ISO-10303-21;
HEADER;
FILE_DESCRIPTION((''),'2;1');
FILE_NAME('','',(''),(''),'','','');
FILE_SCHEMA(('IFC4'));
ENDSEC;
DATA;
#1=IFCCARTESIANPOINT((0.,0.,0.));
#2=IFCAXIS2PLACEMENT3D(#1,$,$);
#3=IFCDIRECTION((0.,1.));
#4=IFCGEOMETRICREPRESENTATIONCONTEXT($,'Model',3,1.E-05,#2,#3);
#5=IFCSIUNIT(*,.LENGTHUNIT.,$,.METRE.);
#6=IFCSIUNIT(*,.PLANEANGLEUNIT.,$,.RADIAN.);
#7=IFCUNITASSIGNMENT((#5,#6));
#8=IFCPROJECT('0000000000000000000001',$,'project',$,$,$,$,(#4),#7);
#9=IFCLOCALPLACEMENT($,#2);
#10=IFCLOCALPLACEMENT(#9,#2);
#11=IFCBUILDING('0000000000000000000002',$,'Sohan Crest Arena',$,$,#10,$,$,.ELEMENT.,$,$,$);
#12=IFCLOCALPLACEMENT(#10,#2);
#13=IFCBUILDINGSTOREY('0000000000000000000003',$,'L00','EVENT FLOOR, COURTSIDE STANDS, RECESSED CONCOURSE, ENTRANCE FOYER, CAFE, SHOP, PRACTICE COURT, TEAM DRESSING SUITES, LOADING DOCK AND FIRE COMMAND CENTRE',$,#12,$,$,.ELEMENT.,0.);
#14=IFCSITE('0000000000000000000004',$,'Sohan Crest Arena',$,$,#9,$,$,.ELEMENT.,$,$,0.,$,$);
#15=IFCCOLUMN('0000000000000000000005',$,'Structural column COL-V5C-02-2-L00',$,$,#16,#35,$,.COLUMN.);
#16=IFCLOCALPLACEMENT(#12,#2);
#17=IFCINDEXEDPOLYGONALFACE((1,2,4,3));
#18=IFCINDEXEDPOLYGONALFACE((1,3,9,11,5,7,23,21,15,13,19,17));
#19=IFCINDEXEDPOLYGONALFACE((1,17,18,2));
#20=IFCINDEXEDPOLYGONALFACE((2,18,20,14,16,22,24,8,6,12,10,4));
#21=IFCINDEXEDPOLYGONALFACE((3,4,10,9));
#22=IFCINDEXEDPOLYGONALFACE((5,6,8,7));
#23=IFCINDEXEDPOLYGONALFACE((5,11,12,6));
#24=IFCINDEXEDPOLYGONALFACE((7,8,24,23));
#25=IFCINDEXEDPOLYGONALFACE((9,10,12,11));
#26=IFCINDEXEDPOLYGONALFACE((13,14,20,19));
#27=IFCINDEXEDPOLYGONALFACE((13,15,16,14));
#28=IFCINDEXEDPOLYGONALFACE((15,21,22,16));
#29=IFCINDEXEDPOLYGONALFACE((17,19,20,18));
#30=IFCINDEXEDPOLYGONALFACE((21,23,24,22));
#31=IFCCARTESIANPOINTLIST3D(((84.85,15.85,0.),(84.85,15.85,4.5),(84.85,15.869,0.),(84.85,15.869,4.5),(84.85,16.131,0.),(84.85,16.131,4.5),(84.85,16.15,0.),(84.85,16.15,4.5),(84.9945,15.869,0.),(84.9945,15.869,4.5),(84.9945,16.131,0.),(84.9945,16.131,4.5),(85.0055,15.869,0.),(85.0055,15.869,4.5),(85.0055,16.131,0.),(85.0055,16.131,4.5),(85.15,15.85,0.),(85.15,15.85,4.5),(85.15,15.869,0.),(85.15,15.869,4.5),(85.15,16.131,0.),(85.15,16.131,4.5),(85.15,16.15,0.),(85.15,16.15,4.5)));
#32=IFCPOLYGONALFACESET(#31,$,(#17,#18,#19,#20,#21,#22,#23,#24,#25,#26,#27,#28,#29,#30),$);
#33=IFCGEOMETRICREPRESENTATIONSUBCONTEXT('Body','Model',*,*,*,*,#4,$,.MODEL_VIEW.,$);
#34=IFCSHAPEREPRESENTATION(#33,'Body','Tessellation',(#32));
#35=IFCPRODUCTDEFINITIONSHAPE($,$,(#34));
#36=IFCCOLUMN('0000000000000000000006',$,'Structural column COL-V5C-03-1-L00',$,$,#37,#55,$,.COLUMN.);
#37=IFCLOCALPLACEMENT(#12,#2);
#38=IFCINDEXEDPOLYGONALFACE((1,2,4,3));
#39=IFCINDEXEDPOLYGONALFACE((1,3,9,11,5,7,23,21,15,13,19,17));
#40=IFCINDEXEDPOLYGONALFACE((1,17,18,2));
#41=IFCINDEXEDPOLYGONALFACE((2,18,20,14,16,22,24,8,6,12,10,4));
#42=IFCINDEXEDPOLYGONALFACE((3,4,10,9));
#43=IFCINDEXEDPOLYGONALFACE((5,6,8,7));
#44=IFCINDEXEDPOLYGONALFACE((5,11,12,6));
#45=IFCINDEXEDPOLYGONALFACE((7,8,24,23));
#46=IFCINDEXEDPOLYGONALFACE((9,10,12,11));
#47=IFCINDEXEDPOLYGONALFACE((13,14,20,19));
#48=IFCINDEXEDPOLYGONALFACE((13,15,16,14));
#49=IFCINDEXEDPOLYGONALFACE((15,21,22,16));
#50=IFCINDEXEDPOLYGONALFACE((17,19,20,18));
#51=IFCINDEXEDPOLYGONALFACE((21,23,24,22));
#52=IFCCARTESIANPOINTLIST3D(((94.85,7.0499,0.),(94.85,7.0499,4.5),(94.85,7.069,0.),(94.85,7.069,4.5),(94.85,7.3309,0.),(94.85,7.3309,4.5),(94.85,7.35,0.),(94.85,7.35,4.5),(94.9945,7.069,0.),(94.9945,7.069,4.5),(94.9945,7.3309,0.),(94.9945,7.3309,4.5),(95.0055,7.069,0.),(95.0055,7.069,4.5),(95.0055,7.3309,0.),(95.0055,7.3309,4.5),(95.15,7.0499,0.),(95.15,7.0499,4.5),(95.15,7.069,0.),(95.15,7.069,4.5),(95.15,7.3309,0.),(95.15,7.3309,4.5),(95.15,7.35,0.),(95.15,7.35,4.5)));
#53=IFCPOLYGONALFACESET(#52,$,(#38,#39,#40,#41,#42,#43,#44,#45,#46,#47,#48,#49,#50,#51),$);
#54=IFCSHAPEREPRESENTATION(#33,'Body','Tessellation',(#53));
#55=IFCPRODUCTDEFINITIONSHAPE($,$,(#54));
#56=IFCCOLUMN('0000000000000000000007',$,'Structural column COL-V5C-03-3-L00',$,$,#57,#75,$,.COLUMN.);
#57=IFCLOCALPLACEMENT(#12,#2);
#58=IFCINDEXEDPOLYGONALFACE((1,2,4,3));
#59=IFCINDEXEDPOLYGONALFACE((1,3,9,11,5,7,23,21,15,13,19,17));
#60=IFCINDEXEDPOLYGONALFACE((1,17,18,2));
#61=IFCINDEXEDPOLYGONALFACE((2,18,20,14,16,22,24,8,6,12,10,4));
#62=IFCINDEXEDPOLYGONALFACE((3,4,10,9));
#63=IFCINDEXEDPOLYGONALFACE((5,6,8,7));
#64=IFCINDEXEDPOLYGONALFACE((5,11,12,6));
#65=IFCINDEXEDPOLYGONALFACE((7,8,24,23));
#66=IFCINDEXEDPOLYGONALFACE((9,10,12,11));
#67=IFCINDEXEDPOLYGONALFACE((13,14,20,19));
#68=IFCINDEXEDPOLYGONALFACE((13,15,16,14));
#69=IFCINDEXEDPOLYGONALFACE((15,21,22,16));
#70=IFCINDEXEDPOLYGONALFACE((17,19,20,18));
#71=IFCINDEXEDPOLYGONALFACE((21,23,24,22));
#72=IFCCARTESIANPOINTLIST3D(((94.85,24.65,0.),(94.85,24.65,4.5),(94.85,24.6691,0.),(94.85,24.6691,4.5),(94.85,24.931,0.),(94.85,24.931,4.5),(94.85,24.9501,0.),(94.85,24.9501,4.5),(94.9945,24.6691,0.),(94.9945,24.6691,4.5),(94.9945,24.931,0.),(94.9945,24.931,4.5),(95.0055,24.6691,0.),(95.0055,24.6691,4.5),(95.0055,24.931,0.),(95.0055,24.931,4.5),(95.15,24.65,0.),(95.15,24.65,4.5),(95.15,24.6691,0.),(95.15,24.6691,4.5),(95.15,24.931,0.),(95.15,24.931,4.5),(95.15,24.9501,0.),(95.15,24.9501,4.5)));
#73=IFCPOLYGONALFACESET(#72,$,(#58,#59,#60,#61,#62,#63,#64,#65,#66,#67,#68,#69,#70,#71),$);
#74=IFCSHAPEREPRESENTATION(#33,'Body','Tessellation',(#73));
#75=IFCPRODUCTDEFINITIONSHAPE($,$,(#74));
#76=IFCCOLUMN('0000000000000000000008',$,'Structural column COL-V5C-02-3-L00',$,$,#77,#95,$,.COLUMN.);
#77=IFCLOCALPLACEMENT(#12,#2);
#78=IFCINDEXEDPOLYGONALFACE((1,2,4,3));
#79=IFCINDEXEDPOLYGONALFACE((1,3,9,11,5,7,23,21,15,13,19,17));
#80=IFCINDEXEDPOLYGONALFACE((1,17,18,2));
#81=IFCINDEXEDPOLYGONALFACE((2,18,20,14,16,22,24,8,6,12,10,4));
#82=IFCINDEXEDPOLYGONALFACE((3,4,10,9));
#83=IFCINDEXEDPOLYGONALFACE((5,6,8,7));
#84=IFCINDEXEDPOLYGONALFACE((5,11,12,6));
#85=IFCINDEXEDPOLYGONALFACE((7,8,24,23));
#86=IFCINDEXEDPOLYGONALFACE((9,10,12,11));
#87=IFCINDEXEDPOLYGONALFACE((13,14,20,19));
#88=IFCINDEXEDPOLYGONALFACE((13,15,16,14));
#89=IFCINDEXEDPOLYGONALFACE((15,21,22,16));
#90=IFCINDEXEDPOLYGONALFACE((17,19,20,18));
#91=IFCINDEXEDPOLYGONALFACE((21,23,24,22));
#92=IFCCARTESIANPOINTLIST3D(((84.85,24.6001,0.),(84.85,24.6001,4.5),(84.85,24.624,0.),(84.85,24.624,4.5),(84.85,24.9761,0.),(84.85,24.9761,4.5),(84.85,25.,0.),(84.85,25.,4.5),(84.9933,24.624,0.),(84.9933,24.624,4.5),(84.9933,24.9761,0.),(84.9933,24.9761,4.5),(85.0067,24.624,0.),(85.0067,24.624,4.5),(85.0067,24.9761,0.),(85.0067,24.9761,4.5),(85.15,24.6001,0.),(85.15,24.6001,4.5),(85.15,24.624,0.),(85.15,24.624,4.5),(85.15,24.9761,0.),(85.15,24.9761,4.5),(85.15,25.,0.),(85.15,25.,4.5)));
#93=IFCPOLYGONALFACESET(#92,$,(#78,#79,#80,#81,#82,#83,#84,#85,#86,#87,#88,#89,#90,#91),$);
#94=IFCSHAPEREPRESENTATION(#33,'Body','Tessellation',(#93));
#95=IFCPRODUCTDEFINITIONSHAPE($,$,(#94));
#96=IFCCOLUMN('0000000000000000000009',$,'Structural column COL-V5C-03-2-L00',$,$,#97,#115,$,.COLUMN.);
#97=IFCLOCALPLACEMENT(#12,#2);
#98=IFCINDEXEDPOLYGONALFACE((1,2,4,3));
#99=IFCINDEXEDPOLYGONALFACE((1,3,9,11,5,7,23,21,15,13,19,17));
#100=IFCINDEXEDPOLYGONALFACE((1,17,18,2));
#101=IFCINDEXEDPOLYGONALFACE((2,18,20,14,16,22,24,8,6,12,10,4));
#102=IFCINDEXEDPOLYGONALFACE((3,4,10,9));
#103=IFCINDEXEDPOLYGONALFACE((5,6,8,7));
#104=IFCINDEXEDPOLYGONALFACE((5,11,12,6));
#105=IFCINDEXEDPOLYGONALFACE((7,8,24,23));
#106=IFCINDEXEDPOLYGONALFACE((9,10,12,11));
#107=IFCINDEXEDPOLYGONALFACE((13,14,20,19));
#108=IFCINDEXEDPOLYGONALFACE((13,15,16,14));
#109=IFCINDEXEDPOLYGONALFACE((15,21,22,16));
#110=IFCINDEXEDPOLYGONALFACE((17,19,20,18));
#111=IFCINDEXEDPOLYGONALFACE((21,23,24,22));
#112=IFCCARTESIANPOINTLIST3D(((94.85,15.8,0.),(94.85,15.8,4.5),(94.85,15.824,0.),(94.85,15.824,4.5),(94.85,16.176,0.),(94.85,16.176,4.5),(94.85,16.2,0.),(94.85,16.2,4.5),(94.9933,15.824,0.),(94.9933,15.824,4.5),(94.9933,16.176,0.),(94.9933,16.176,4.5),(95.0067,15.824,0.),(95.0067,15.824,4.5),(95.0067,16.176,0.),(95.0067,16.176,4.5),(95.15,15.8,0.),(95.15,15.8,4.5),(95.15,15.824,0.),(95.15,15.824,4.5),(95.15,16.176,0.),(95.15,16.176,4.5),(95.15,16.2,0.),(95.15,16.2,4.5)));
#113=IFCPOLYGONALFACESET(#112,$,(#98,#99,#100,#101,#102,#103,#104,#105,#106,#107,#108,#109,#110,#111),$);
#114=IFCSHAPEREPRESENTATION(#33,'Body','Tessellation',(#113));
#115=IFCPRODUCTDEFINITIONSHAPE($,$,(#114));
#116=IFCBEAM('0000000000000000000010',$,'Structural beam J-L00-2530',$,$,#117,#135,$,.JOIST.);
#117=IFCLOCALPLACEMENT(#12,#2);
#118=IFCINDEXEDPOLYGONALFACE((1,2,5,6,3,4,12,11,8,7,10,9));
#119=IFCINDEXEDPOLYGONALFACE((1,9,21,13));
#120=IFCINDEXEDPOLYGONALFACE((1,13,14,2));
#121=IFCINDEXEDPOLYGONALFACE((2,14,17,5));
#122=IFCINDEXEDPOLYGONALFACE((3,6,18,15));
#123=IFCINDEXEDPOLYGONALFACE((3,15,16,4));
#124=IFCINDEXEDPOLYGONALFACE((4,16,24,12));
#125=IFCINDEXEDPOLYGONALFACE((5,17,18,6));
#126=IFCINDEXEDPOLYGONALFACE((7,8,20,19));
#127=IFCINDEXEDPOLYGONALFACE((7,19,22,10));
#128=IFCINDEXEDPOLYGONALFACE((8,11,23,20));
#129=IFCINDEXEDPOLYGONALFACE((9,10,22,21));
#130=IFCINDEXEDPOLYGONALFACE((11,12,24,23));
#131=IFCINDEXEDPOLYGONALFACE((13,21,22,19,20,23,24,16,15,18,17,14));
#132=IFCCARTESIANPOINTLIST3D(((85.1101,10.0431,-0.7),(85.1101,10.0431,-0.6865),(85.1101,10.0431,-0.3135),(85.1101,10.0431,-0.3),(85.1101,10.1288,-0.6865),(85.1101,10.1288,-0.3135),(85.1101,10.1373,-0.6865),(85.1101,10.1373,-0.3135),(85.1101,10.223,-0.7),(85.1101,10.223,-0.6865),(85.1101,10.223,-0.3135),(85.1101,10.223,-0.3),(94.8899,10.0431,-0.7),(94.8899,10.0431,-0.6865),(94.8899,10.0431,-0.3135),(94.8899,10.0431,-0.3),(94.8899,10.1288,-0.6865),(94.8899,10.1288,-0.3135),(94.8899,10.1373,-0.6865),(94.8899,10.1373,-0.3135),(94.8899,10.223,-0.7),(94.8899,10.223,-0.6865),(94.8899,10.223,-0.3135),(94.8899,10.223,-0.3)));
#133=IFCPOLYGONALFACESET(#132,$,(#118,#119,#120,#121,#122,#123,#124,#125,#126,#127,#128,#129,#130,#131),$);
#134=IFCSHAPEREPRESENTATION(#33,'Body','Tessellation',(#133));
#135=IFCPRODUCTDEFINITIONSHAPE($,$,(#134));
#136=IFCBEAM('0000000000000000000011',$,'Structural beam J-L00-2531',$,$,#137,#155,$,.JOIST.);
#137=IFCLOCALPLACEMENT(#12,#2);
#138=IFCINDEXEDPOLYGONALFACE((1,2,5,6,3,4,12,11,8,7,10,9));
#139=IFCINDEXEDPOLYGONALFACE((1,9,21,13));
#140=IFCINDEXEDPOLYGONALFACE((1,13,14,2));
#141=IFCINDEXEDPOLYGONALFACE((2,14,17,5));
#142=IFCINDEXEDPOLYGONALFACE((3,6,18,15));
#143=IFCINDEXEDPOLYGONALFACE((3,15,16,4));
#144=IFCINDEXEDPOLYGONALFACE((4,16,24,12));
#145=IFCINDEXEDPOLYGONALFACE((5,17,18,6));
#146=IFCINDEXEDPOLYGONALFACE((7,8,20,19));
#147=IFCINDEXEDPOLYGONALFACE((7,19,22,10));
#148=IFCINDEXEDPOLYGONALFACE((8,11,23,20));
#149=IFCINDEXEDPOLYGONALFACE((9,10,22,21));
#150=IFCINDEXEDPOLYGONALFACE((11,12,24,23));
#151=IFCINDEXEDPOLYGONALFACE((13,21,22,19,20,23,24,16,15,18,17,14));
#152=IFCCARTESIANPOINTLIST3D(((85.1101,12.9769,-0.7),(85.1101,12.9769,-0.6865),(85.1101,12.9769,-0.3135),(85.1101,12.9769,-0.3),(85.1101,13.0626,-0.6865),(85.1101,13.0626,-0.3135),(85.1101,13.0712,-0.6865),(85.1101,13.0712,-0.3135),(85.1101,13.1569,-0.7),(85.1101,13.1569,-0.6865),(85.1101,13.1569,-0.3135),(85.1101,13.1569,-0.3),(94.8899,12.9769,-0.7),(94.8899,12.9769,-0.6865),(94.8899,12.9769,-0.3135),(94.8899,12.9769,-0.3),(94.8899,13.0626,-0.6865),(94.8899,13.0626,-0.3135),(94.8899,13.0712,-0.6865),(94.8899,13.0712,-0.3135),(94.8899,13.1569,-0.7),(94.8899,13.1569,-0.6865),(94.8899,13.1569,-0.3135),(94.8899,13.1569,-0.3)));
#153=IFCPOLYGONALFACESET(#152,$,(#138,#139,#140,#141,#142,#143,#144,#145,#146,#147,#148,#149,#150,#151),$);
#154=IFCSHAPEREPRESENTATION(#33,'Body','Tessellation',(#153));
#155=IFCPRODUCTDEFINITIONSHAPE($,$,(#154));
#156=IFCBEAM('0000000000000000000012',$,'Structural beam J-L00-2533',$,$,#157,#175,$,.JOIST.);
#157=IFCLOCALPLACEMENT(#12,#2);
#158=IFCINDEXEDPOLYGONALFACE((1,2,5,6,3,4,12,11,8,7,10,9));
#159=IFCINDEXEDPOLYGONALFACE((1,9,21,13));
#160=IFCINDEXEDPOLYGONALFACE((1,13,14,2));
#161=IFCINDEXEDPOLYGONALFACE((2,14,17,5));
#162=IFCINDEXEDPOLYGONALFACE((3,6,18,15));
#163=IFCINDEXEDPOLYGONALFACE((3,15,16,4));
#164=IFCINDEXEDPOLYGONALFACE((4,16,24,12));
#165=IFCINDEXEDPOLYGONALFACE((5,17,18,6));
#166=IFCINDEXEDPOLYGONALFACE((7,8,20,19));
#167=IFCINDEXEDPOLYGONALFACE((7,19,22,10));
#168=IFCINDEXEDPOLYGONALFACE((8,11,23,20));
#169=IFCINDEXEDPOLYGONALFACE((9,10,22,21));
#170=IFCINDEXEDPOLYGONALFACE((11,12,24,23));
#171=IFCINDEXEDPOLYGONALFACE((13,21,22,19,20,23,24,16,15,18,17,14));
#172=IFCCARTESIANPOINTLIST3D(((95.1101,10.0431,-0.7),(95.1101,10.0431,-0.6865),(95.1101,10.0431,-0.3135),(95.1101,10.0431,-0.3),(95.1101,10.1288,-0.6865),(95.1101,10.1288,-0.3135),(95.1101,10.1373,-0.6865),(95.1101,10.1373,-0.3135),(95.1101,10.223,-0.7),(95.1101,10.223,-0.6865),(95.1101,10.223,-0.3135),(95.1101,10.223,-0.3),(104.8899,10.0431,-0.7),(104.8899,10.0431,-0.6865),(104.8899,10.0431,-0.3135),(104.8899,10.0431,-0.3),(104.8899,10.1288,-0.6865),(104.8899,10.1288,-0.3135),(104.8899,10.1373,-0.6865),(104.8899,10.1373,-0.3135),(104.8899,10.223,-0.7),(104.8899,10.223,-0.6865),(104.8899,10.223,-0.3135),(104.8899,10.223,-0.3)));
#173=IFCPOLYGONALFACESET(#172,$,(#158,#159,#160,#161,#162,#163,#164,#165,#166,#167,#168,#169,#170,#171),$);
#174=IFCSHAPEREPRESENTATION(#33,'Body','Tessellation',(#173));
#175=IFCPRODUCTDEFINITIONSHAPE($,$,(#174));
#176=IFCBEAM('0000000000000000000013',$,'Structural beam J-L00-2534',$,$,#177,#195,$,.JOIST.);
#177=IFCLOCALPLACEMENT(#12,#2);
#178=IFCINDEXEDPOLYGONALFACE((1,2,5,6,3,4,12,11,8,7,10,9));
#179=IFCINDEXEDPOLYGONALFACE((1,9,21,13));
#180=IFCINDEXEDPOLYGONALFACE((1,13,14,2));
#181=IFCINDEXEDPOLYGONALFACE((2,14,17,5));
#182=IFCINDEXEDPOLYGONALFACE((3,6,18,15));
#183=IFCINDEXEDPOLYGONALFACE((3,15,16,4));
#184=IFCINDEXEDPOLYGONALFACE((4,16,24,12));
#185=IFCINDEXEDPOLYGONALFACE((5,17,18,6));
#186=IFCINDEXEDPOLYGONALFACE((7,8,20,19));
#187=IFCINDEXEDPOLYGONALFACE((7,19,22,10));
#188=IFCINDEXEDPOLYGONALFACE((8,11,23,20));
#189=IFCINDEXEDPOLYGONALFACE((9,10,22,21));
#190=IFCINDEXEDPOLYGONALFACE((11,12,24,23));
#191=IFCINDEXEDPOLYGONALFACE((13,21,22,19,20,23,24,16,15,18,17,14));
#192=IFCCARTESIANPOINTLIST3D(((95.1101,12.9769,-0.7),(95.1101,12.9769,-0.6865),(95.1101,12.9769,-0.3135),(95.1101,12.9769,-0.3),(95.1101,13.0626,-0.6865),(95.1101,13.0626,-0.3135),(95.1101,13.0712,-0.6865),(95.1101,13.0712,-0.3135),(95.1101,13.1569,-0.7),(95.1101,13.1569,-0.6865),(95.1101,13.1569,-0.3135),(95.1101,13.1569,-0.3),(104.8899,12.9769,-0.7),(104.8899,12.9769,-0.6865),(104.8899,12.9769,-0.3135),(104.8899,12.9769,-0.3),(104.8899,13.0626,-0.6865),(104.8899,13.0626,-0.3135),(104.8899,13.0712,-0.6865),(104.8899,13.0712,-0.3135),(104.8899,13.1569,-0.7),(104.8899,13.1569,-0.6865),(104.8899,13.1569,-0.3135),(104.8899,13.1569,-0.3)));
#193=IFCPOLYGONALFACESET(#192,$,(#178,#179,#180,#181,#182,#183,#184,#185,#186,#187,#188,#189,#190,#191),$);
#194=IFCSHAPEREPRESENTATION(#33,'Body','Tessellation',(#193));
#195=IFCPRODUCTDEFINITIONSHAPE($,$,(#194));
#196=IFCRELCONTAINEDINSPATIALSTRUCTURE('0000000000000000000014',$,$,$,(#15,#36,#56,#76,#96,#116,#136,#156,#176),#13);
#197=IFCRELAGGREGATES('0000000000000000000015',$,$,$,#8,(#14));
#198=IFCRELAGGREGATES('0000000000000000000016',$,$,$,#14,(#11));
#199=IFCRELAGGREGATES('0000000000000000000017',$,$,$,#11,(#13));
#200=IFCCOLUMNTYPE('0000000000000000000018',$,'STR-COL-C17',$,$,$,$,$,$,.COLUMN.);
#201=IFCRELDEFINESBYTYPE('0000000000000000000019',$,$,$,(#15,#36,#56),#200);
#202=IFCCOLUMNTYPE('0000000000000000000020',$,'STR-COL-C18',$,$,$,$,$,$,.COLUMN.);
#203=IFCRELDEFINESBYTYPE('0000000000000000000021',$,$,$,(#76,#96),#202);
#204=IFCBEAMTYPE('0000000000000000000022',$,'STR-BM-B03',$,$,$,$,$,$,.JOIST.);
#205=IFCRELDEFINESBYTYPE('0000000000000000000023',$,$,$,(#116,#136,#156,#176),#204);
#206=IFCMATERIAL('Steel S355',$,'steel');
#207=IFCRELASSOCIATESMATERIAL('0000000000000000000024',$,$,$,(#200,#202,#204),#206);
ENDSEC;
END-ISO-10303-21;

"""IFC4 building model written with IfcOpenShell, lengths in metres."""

from ifc_helpers import new_model, si_unit, direction, frame, origin, origin_2d, place, context, subcontext, project, spatial, i_section, extrude, material, material_profile, profile_set, type_object, element, save


model = new_model("IFC4")

# Units and contexts
model_context = context("Model", 3, precision=1e-05, world=origin(), true_north=direction((0.0, 1.0)))
body_context = subcontext(model_context, "Body", "Model", "MODEL_VIEW")
ifc_project = project(units=[si_unit("LENGTHUNIT", "METRE"), si_unit("PLANEANGLEUNIT", "RADIAN")], contexts=[model_context])

# Site, building, storey
site_placement = place(None, origin())
site = spatial("IfcSite", under=ifc_project, at=site_placement, Name="Sohan Crest Arena", CompositionType="ELEMENT", RefElevation=0.0)
building_placement = place(site_placement, origin())
building = spatial("IfcBuilding", under=site, at=building_placement, Name="Sohan Crest Arena", CompositionType="ELEMENT")
storey_placement = place(building_placement, origin())
storey = spatial("IfcBuildingStorey", under=building, at=storey_placement, Name="L00", Description="EVENT FLOOR, COURTSIDE STANDS, RECESSED CONCOURSE, ENTRANCE FOYER, CAFE, SHOP, PRACTICE COURT, TEAM DRESSING SUITES, LOADING DOCK AND FIRE COMMAND CENTRE", CompositionType="ELEMENT", Elevation=0.0)

# Columns
ifc_material_1 = material(Name="Steel S355", Category="steel")
ifc_material_profile_1 = material_profile(ifc_material_1, i_section(OverallWidth=0.3, OverallDepth=0.3, WebThickness=0.011, FlangeThickness=0.019, at=origin_2d()), Name="HEB 300")
ifc_profile_set_1 = profile_set([ifc_material_profile_1], Name="Steel S355")
column_type_1 = type_object("IfcColumnType", Name="STR-COL-C17", PredefinedType="COLUMN", material=ifc_profile_set_1)
for number, where, z_axis, x_axis, name in (
    (1, (85.0, 16.0, 0.0), (0.0, 0.0, 1.0), (1.0, 0.0, 0.0), "Structural column COL-V5C-02-2-L00"),
    (2, (95.0, 7.2, 0.0), (0.0, 0.0, 1.0), (1.0, 0.0, 0.0), "Structural column COL-V5C-03-1-L00"),
    (3, (95.0, 24.8, 0.0), (0.0, 0.0, 1.0), (1.0, 0.0, 0.0), "Structural column COL-V5C-03-3-L00"),
):
    element("IfcColumn", number, at=place(storey_placement, frame(where, z_axis=z_axis, x_axis=x_axis)), inside=storey, type_object=column_type_1, Name=name, PredefinedType="COLUMN", context=body_context, shape_type="SweptSolid", body=[
        extrude(i_section(OverallWidth=0.3, OverallDepth=0.3, WebThickness=0.011, FlangeThickness=0.019, at=origin_2d()), origin(), (0.0, 0.0, 1.0), 4.5),
    ])
ifc_material_profile_2 = material_profile(ifc_material_1, i_section(OverallWidth=0.3, OverallDepth=0.3999, WebThickness=0.0134, FlangeThickness=0.0239, at=origin_2d()), Name="HEB 400")
ifc_profile_set_2 = profile_set([ifc_material_profile_2], Name="Steel S355")
column_type_2 = type_object("IfcColumnType", Name="STR-COL-C18", PredefinedType="COLUMN", material=ifc_profile_set_2)
for number, where, z_axis, x_axis, name in (
    (4, (85.0, 24.8, 0.0), (0.0, 0.0, 1.0), (1.0, 0.0, 0.0), "Structural column COL-V5C-02-3-L00"),
    (5, (95.0, 16.0, 0.0), (0.0, 0.0, 1.0), (1.0, 0.0, 0.0), "Structural column COL-V5C-03-2-L00"),
):
    element("IfcColumn", number, at=place(storey_placement, frame(where, z_axis=z_axis, x_axis=x_axis)), inside=storey, type_object=column_type_2, Name=name, PredefinedType="COLUMN", context=body_context, shape_type="SweptSolid", body=[
        extrude(i_section(OverallWidth=0.3, OverallDepth=0.3999, WebThickness=0.0134, FlangeThickness=0.0239, at=origin_2d()), origin(), (0.0, 0.0, 1.0), 4.5),
    ])

# Beams
ifc_material_profile_3 = material_profile(ifc_material_1, i_section(OverallWidth=0.1799, OverallDepth=0.3999, WebThickness=0.0085, FlangeThickness=0.0134, at=origin_2d()), Name="IPE 400")
ifc_profile_set_3 = profile_set([ifc_material_profile_3], Name="Steel S355")
beam_type_1 = type_object("IfcBeamType", Name="STR-BM-B03", PredefinedType="JOIST", material=ifc_profile_set_3)
for number, where, z_axis, x_axis, name in (
    (6, (85.1101, 10.1331, -0.5), (1.0, 0.0, 0.0), (0.0, 1.0, 0.0), "Structural beam J-L00-2530"),
    (7, (85.1101, 13.0669, -0.5), (1.0, 0.0, 0.0), (0.0, 1.0, 0.0), "Structural beam J-L00-2531"),
    (8, (95.1101, 10.1331, -0.5), (1.0, 0.0, 0.0), (0.0, 1.0, 0.0), "Structural beam J-L00-2533"),
    (9, (95.1101, 13.0669, -0.5), (1.0, 0.0, 0.0), (0.0, 1.0, 0.0), "Structural beam J-L00-2534"),
):
    element("IfcBeam", number, at=place(storey_placement, frame(where, z_axis=z_axis, x_axis=x_axis)), inside=storey, type_object=beam_type_1, Name=name, PredefinedType="JOIST", context=body_context, shape_type="SweptSolid", body=[
        extrude(i_section(OverallWidth=0.1799, OverallDepth=0.3999, WebThickness=0.0085, FlangeThickness=0.0134, at=origin_2d()), origin(), (0.0, 0.0, 1.0), 9.7798),
    ])

save(model, "model.ifc")
